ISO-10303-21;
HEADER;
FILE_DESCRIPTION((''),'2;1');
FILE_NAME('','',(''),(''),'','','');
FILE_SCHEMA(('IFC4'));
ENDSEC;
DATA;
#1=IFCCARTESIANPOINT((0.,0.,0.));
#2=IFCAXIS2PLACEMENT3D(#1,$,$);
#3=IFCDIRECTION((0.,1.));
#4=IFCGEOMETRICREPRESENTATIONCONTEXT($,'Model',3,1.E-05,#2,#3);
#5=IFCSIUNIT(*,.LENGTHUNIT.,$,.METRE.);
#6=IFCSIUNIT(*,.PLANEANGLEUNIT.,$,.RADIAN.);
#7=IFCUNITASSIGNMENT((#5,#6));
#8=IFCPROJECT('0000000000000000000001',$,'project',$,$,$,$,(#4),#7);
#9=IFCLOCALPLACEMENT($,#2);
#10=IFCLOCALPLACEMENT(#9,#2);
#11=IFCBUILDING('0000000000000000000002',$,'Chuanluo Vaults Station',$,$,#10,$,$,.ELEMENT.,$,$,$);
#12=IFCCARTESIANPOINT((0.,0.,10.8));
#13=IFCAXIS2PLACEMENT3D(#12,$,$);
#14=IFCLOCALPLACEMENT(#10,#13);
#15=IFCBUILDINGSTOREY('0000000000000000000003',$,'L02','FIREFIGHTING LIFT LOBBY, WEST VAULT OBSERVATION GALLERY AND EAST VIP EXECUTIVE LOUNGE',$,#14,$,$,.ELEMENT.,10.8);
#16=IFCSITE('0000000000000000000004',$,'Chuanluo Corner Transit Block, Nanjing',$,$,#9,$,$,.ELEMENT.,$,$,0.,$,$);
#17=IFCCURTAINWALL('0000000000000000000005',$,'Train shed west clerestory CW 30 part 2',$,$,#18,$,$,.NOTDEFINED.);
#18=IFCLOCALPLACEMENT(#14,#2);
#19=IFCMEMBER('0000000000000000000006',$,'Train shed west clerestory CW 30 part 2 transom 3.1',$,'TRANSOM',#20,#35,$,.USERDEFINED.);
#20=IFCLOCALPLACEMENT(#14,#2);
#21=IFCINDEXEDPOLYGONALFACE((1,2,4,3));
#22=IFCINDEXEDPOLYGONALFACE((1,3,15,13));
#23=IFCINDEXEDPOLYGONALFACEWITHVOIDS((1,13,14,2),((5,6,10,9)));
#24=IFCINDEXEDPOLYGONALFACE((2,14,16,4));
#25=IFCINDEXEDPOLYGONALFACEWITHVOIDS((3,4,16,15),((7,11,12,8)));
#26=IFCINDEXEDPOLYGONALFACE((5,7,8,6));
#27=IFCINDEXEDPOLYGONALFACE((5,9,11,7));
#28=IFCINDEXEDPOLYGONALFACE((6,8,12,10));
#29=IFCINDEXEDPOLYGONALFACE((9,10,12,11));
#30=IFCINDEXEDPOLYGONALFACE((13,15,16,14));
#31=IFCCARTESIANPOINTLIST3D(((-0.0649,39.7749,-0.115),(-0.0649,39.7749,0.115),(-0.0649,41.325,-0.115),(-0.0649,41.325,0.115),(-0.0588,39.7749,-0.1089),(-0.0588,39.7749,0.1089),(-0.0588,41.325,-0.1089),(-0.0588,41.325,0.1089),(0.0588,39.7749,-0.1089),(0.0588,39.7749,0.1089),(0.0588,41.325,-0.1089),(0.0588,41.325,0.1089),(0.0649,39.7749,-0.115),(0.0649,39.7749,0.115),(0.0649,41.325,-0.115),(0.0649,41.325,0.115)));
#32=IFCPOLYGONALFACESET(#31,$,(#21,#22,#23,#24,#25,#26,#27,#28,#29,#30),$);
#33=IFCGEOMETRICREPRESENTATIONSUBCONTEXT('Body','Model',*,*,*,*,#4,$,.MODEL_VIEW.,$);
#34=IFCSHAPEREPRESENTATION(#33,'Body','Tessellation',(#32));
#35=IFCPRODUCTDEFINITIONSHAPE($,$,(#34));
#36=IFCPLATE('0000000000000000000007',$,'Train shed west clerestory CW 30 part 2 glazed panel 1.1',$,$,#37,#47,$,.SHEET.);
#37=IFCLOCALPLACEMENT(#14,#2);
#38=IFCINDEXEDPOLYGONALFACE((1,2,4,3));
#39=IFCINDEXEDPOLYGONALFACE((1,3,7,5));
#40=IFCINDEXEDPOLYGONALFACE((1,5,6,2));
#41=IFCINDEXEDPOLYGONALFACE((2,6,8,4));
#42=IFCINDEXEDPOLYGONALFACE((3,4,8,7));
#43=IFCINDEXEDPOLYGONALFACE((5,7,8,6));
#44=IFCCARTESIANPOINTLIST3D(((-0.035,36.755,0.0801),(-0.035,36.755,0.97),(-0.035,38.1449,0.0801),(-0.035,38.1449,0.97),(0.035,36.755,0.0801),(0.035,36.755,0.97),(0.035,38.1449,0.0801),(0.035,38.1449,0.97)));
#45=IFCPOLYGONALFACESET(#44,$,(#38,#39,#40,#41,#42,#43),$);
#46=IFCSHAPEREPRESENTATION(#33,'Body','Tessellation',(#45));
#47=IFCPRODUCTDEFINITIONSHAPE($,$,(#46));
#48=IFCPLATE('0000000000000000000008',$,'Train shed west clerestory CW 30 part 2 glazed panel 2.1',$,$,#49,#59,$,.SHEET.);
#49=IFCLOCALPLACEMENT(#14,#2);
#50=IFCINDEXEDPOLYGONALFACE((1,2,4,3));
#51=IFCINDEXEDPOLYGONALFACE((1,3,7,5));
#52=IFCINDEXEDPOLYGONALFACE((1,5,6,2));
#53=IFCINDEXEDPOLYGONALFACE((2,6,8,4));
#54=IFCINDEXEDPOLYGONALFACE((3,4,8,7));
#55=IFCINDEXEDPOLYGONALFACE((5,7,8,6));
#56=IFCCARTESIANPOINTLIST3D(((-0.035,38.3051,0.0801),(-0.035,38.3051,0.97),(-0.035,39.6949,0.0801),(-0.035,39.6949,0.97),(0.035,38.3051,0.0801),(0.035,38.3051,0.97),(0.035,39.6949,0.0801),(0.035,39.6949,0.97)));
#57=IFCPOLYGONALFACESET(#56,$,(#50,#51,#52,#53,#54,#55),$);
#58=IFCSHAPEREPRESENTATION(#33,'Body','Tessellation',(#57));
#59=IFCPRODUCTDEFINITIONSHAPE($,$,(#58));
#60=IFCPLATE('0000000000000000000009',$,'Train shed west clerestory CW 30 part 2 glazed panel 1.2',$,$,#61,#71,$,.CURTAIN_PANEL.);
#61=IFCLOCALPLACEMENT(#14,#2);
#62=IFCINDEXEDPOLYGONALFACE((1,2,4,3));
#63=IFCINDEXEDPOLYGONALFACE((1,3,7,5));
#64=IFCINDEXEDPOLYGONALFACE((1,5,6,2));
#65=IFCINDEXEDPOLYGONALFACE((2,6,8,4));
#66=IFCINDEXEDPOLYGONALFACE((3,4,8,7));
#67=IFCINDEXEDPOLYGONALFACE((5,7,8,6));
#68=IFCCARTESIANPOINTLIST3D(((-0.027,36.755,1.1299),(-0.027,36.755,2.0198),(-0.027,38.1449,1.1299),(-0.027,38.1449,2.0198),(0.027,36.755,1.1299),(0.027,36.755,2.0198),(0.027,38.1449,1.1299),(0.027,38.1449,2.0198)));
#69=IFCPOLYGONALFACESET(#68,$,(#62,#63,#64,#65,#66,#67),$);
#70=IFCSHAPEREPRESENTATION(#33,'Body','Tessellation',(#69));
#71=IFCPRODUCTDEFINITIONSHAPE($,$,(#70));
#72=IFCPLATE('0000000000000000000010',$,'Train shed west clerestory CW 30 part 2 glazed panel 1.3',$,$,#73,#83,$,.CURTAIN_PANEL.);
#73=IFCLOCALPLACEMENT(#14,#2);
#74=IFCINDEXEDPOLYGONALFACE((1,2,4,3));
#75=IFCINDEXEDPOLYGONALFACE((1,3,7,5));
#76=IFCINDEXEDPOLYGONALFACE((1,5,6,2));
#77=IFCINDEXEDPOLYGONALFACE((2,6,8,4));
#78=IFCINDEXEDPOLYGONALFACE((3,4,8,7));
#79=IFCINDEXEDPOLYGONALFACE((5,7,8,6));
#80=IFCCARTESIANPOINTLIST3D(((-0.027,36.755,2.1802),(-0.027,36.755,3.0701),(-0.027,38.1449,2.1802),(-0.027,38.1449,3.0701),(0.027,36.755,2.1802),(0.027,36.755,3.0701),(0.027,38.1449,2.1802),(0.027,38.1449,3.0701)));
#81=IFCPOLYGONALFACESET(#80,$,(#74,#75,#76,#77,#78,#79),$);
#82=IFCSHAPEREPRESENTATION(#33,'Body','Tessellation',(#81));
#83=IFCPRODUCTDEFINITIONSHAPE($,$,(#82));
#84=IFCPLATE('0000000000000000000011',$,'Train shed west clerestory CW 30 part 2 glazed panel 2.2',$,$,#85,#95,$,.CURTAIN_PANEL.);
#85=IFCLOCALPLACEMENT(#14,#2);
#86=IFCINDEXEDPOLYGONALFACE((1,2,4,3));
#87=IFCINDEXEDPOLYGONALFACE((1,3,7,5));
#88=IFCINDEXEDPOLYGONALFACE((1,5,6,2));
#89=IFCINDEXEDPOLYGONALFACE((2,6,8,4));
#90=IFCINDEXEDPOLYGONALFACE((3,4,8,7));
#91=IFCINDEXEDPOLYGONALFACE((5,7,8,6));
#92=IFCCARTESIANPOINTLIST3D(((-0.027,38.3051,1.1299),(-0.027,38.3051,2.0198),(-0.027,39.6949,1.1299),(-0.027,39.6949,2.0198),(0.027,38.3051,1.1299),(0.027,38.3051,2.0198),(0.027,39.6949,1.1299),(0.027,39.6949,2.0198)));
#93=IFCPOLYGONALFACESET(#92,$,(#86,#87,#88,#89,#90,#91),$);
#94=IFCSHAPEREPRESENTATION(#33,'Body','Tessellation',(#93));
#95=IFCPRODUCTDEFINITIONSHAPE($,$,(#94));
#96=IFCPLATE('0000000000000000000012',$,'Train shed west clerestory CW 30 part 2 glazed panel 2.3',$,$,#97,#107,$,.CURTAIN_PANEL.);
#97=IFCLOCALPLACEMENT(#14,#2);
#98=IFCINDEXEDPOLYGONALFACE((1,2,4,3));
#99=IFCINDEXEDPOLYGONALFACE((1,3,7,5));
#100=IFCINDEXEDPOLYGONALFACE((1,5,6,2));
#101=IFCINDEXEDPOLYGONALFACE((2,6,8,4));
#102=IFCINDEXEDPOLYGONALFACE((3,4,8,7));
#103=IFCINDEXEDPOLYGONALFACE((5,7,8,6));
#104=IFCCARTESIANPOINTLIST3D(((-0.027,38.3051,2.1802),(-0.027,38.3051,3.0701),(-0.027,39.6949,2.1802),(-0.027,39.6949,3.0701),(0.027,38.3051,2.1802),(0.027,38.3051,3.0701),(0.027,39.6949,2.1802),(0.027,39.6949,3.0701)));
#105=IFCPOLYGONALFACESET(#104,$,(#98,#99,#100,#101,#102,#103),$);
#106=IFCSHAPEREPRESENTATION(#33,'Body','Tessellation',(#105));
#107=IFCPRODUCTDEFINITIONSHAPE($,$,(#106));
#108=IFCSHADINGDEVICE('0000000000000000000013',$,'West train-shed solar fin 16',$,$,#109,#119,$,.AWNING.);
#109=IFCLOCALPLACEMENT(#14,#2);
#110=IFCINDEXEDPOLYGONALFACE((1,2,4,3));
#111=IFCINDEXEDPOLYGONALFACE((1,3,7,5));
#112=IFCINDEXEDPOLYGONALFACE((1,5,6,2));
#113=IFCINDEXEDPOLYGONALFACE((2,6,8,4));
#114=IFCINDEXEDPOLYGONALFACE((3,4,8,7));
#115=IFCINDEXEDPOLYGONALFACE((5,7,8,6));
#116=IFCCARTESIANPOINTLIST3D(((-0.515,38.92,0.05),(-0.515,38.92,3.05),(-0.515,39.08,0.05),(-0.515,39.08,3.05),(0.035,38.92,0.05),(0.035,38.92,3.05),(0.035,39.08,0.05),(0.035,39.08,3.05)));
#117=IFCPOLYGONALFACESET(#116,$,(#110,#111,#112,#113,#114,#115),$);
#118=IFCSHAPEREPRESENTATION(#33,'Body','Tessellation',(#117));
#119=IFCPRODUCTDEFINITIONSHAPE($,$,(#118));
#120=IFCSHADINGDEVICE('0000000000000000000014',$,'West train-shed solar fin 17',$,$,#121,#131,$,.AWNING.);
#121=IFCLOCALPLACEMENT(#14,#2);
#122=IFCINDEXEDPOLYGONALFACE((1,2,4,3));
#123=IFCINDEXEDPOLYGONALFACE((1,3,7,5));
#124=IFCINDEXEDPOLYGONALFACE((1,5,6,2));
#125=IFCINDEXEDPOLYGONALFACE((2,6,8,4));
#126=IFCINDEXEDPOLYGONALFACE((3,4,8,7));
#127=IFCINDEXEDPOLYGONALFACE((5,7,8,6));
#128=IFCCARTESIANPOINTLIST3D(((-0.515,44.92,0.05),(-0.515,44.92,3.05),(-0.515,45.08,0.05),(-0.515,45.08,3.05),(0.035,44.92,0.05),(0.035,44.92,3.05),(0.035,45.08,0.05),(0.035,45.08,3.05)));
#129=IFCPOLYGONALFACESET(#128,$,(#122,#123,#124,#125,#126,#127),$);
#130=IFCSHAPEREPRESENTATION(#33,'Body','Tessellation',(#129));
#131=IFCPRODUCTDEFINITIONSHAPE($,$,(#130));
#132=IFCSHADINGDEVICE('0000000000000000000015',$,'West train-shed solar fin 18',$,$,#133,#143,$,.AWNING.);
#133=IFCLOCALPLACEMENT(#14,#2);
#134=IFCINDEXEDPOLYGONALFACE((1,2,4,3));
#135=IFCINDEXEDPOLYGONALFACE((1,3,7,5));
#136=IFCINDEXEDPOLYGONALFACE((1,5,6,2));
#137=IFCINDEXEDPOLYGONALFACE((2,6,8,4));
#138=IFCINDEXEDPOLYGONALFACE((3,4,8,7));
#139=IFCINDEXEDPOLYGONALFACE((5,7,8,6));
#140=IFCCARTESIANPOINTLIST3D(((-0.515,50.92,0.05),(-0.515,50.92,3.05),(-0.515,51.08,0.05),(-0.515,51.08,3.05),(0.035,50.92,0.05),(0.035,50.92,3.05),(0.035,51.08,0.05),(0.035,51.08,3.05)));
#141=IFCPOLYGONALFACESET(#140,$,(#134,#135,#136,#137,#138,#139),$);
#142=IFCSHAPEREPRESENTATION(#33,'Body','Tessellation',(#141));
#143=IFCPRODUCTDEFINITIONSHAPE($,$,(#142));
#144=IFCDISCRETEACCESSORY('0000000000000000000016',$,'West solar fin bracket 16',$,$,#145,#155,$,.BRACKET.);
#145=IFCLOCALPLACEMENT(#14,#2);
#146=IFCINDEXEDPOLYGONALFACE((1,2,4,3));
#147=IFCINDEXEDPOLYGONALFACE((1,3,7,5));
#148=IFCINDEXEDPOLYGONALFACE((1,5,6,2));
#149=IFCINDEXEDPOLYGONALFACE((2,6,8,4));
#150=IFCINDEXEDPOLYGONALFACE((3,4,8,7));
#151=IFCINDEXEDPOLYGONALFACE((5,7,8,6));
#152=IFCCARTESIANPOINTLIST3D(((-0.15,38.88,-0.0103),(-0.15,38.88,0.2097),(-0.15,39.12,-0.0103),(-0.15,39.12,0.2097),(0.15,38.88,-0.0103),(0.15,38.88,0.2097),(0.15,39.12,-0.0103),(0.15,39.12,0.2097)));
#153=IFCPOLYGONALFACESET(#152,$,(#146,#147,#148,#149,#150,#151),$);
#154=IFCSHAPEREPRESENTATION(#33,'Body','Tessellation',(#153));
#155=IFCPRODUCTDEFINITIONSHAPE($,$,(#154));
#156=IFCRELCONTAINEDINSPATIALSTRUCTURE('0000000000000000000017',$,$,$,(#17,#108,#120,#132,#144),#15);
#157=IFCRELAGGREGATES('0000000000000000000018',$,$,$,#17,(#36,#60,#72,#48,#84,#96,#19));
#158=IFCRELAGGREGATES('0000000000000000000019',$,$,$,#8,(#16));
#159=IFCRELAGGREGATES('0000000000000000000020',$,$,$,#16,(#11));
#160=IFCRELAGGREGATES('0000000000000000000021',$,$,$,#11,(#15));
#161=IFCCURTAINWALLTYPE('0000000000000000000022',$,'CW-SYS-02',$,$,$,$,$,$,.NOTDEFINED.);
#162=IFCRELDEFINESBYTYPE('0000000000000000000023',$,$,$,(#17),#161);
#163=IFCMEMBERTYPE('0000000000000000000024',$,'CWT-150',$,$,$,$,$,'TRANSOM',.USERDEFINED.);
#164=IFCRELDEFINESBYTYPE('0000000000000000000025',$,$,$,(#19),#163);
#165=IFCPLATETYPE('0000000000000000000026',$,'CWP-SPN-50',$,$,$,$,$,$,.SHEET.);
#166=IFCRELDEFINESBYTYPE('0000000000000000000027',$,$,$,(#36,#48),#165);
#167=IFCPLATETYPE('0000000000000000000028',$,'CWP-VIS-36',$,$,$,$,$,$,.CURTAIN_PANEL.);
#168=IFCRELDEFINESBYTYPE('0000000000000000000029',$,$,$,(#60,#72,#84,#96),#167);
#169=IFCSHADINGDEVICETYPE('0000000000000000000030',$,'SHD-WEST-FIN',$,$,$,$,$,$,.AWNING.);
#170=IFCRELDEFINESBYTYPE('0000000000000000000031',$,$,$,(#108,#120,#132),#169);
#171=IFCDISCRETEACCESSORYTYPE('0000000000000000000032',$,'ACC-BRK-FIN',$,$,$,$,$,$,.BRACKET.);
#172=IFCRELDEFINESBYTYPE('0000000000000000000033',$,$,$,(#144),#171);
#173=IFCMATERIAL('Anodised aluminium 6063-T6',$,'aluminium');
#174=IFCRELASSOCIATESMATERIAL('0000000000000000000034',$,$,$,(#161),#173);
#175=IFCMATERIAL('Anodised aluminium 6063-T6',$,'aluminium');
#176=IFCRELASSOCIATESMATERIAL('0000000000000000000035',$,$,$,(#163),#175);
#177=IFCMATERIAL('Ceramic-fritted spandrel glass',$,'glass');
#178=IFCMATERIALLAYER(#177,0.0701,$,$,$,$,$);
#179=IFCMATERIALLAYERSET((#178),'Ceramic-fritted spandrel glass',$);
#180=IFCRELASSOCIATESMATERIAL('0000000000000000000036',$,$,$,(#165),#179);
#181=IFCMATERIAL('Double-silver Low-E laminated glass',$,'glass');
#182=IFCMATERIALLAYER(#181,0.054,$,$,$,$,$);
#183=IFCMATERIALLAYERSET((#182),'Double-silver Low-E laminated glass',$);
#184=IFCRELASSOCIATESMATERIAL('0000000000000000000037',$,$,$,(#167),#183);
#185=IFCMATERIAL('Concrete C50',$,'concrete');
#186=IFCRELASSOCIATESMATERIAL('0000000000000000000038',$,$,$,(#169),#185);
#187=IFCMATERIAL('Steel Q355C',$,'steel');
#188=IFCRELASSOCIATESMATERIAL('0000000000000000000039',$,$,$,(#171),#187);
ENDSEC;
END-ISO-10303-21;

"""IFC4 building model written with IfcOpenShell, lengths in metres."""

from ifc_helpers import new_model, si_unit, direction, frame, origin, origin_2d, place, context, subcontext, project, spatial, rectangle, hollow_rectangle, extrude, material, layer, layer_set, material_profile, profile_set, type_object, element, aggregate, save


model = new_model("IFC4")

# Units and contexts
model_context = context("Model", 3, precision=1e-05, world=origin(), true_north=direction((0.0, 1.0)))
body_context = subcontext(model_context, "Body", "Model", "MODEL_VIEW")
ifc_project = project(units=[si_unit("LENGTHUNIT", "METRE"), si_unit("PLANEANGLEUNIT", "RADIAN")], contexts=[model_context])

# Site, building, storey
site_placement = place(None, origin())
site = spatial("IfcSite", under=ifc_project, at=site_placement, Name="Chuanluo Corner Transit Block, Nanjing", CompositionType="ELEMENT", RefElevation=0.0)
building_placement = place(site_placement, origin())
building = spatial("IfcBuilding", under=site, at=building_placement, Name="Chuanluo Vaults Station", CompositionType="ELEMENT")
storey_placement = place(building_placement, frame((0.0, 0.0, 10.8)))
storey = spatial("IfcBuildingStorey", under=building, at=storey_placement, Name="L02", Description="FIREFIGHTING LIFT LOBBY, WEST VAULT OBSERVATION GALLERY AND EAST VIP EXECUTIVE LOUNGE", CompositionType="ELEMENT", Elevation=10.8)

# Curtain wall, member, plates
ifc_material_1 = material(Name="Anodised aluminium 6063-T6", Category="aluminium")
curtain_wall_type = type_object("IfcCurtainWallType", Name="CW-SYS-02", PredefinedType="NOTDEFINED", material=ifc_material_1)
curtain_wall_placement = place(storey_placement, origin())
curtain_wall = element("IfcCurtainWall", 1, at=curtain_wall_placement, inside=storey, type_object=curtain_wall_type, Name="Train shed west clerestory CW 30 part 2", PredefinedType="NOTDEFINED")
ifc_material_2 = material(Name="Anodised aluminium 6063-T6", Category="aluminium")
ifc_material_profile_1 = material_profile(ifc_material_2, hollow_rectangle(XDim=0.1299, YDim=0.23, WallThickness=0.0061, at=origin_2d()))
ifc_profile_set_1 = profile_set([ifc_material_profile_1], Name="Anodised aluminium 6063-T6")
member_type_1 = type_object("IfcMemberType", Name="CWT-150", ElementType="TRANSOM", PredefinedType="USERDEFINED", material=ifc_profile_set_1)
member_1_placement = place(storey_placement, frame((0.0, 39.7749, 0.0), z_axis=(0.0, 1.0, 0.0), x_axis=(-1.0, 0.0, 0.0)))
member_1 = element("IfcMember", 2, at=member_1_placement, type_object=member_type_1, Name="Train shed west clerestory CW 30 part 2 transom 3.1", ObjectType="TRANSOM", PredefinedType="USERDEFINED", context=body_context, shape_type="SweptSolid", body=[
    extrude(hollow_rectangle(XDim=0.1299, YDim=0.23, WallThickness=0.0061, at=origin_2d()), origin(), (0.0, 0.0, 1.0), 1.55),
])
ifc_material_3 = material(Name="Ceramic-fritted spandrel glass", Category="glass")
ifc_layer_1 = layer(ifc_material_3, 0.0701)
ifc_layer_set_1 = layer_set([ifc_layer_1], Name="Ceramic-fritted spandrel glass")
plate_type_1 = type_object("IfcPlateType", Name="CWP-SPN-50", PredefinedType="SHEET", material=ifc_layer_set_1)
plate_1_placement = place(storey_placement, frame((0.0, 37.45, 0.0801), z_axis=(0.0, 0.0, 1.0), x_axis=(0.0, 1.0, 0.0)))
plate_1 = element("IfcPlate", 3, at=plate_1_placement, type_object=plate_type_1, Name="Train shed west clerestory CW 30 part 2 glazed panel 1.1", PredefinedType="SHEET", context=body_context, shape_type="SweptSolid", body=[
    extrude(rectangle(XDim=1.3899, YDim=0.0701, at=origin_2d()), origin(), (0.0, 0.0, 1.0), 0.8899),
])
plate_2_placement = place(storey_placement, frame((0.0, 39.0, 0.0801), z_axis=(0.0, 0.0, 1.0), x_axis=(0.0, 1.0, 0.0)))
plate_2 = element("IfcPlate", 4, at=plate_2_placement, type_object=plate_type_1, Name="Train shed west clerestory CW 30 part 2 glazed panel 2.1", PredefinedType="SHEET", context=body_context, shape_type="SweptSolid", body=[
    extrude(rectangle(XDim=1.3899, YDim=0.0701, at=origin_2d()), origin(), (0.0, 0.0, 1.0), 0.8899),
])
ifc_material_4 = material(Name="Double-silver Low-E laminated glass", Category="glass")
ifc_layer_2 = layer(ifc_material_4, 0.054)
ifc_layer_set_2 = layer_set([ifc_layer_2], Name="Double-silver Low-E laminated glass")
plate_type_2 = type_object("IfcPlateType", Name="CWP-VIS-36", PredefinedType="CURTAIN_PANEL", material=ifc_layer_set_2)
plate_3_placement = place(storey_placement, frame((0.0, 37.45, 1.1299), z_axis=(0.0, 0.0, 1.0), x_axis=(0.0, 1.0, 0.0)))
plate_3 = element("IfcPlate", 5, at=plate_3_placement, type_object=plate_type_2, Name="Train shed west clerestory CW 30 part 2 glazed panel 1.2", PredefinedType="CURTAIN_PANEL", context=body_context, shape_type="SweptSolid", body=[
    extrude(rectangle(XDim=1.3899, YDim=0.054, at=origin_2d()), origin(), (0.0, 0.0, 1.0), 0.8899),
])
plate_4_placement = place(storey_placement, frame((0.0, 37.45, 2.1802), z_axis=(0.0, 0.0, 1.0), x_axis=(0.0, 1.0, 0.0)))
plate_4 = element("IfcPlate", 6, at=plate_4_placement, type_object=plate_type_2, Name="Train shed west clerestory CW 30 part 2 glazed panel 1.3", PredefinedType="CURTAIN_PANEL", context=body_context, shape_type="SweptSolid", body=[
    extrude(rectangle(XDim=1.3899, YDim=0.054, at=origin_2d()), origin(), (0.0, 0.0, 1.0), 0.8899),
])
plate_5_placement = place(storey_placement, frame((0.0, 39.0, 1.1299), z_axis=(0.0, 0.0, 1.0), x_axis=(0.0, 1.0, 0.0)))
plate_5 = element("IfcPlate", 7, at=plate_5_placement, type_object=plate_type_2, Name="Train shed west clerestory CW 30 part 2 glazed panel 2.2", PredefinedType="CURTAIN_PANEL", context=body_context, shape_type="SweptSolid", body=[
    extrude(rectangle(XDim=1.3899, YDim=0.054, at=origin_2d()), origin(), (0.0, 0.0, 1.0), 0.8899),
])
plate_6_placement = place(storey_placement, frame((0.0, 39.0, 2.1802), z_axis=(0.0, 0.0, 1.0), x_axis=(0.0, 1.0, 0.0)))
plate_6 = element("IfcPlate", 8, at=plate_6_placement, type_object=plate_type_2, Name="Train shed west clerestory CW 30 part 2 glazed panel 2.3", PredefinedType="CURTAIN_PANEL", context=body_context, shape_type="SweptSolid", body=[
    extrude(rectangle(XDim=1.3899, YDim=0.054, at=origin_2d()), origin(), (0.0, 0.0, 1.0), 0.8899),
])
aggregate(curtain_wall, [plate_1, plate_3, plate_4, plate_2, plate_5, plate_6, member_1])

# Shading devices
ifc_material_5 = material(Name="Concrete C50", Category="concrete")
shading_device_type = type_object("IfcShadingDeviceType", Name="SHD-WEST-FIN", PredefinedType="AWNING", material=ifc_material_5)
for number, where, z_axis, x_axis, name in (
    (9, (-0.24, 39.0, 0.05), (0.0, 0.0, 1.0), (1.0, 0.0, 0.0), "West train-shed solar fin 16"),
    (10, (-0.24, 45.0, 0.05), (0.0, 0.0, 1.0), (1.0, 0.0, 0.0), "West train-shed solar fin 17"),
    (11, (-0.24, 51.0, 0.05), (0.0, 0.0, 1.0), (1.0, 0.0, 0.0), "West train-shed solar fin 18"),
):
    element("IfcShadingDevice", number, at=place(storey_placement, frame(where, z_axis=z_axis, x_axis=x_axis)), inside=storey, type_object=shading_device_type, Name=name, PredefinedType="AWNING", context=body_context, shape_type="SweptSolid", body=[
        extrude(rectangle(XDim=0.55, YDim=0.1599, at=origin_2d()), origin(), (0.0, 0.0, 1.0), 3.0),
    ])

# Discrete accessory
ifc_material_6 = material(Name="Steel Q355C", Category="steel")
discrete_accessory_type = type_object("IfcDiscreteAccessoryType", Name="ACC-BRK-FIN", PredefinedType="BRACKET", material=ifc_material_6)
discrete_accessory_placement = place(storey_placement, frame((0.0, 39.0, -0.0103), z_axis=(0.0, 0.0, 1.0), x_axis=(1.0, 0.0, 0.0)))
element("IfcDiscreteAccessory", 12, at=discrete_accessory_placement, inside=storey, type_object=discrete_accessory_type, Name="West solar fin bracket 16", PredefinedType="BRACKET", context=body_context, shape_type="SweptSolid", body=[
    extrude(rectangle(XDim=0.3, YDim=0.24, at=origin_2d()), origin(), (0.0, 0.0, 1.0), 0.22),
])

save(model, "model.ifc")
